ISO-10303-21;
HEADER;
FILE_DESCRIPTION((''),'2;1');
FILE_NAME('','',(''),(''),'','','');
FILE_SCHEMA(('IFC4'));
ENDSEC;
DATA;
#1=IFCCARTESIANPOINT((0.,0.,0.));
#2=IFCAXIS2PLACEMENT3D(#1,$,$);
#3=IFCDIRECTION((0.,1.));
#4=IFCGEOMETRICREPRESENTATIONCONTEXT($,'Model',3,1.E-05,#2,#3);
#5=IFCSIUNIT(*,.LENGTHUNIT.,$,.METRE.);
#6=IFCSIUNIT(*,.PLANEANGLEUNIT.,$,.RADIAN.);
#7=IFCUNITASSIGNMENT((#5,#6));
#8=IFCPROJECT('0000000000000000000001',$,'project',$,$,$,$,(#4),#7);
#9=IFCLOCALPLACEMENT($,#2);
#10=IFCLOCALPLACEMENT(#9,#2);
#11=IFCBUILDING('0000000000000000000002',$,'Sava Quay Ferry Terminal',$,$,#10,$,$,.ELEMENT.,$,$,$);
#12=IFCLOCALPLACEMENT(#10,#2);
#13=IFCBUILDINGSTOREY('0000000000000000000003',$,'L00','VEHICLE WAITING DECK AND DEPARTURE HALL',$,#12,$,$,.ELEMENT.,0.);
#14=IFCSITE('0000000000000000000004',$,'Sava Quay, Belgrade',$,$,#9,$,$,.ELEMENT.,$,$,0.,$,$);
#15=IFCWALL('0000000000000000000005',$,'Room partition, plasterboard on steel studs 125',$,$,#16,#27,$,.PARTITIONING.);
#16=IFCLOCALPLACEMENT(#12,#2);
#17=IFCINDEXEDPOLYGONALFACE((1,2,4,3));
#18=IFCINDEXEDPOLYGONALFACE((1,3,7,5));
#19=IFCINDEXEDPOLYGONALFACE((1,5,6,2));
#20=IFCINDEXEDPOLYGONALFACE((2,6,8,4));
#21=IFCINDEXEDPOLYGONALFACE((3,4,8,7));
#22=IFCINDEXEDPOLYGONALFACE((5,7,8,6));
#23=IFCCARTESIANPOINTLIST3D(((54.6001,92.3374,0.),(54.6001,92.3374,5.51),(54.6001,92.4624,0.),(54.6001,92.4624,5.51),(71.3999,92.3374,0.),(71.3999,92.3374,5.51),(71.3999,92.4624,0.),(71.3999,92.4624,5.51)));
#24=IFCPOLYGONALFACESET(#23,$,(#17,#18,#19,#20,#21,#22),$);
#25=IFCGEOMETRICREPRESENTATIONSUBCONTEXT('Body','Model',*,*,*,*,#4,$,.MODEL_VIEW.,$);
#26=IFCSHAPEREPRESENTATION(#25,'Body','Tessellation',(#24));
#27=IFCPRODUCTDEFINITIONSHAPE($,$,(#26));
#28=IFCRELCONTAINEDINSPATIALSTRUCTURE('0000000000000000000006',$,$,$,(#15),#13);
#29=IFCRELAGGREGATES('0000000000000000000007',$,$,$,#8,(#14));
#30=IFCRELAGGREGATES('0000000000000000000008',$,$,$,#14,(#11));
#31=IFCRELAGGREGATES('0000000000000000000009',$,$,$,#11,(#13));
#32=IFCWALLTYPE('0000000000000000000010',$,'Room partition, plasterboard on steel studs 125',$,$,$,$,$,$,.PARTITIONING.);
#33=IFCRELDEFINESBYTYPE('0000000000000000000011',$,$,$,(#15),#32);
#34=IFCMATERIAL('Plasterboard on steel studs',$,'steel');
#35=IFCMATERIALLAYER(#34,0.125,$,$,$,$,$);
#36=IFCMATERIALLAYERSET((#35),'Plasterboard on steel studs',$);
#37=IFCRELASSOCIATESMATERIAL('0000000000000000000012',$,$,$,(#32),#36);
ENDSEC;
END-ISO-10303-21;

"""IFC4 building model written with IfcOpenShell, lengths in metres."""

from ifc_helpers import new_model, si_unit, direction, frame, frame_2d, origin, place, context, subcontext, project, spatial, rectangle, extrude, material, layer, layer_set, type_object, element, save


model = new_model("IFC4")

# Units and contexts
model_context = context("Model", 3, precision=1e-05, world=origin(), true_north=direction((0.0, 1.0)))
body_context = subcontext(model_context, "Body", "Model", "MODEL_VIEW")
ifc_project = project(units=[si_unit("LENGTHUNIT", "METRE"), si_unit("PLANEANGLEUNIT", "RADIAN")], contexts=[model_context])

# Site, building, storey
site_placement = place(None, origin())
site = spatial("IfcSite", under=ifc_project, at=site_placement, Name="Sava Quay, Belgrade", CompositionType="ELEMENT", RefElevation=0.0)
building_placement = place(site_placement, origin())
building = spatial("IfcBuilding", under=site, at=building_placement, Name="Sava Quay Ferry Terminal", CompositionType="ELEMENT")
storey_placement = place(building_placement, origin())
storey = spatial("IfcBuildingStorey", under=building, at=storey_placement, Name="L00", Description="VEHICLE WAITING DECK AND DEPARTURE HALL", CompositionType="ELEMENT", Elevation=0.0)

# Wall
ifc_material_1 = material(Name="Plasterboard on steel studs", Category="steel")
ifc_layer_1 = layer(ifc_material_1, 0.125)
ifc_layer_set_1 = layer_set([ifc_layer_1], Name="Plasterboard on steel studs")
wall_type_1 = type_object("IfcWallType", Name="Room partition, plasterboard on steel studs 125", PredefinedType="PARTITIONING", material=ifc_layer_set_1)
wall_1_placement = place(storey_placement, frame((54.6001, 92.3999, 0.0), z_axis=(0.0, 0.0, 1.0), x_axis=(1.0, 0.0, 0.0)))
element("IfcWall", 1, at=wall_1_placement, inside=storey, type_object=wall_type_1, Name="Room partition, plasterboard on steel studs 125", PredefinedType="PARTITIONING", context=body_context, shape_type="SweptSolid", body=[
    extrude(rectangle(XDim=16.7998, YDim=0.125, at=frame_2d((8.3999, 0.0))), origin(), (0.0, 0.0, 1.0), 5.51),
])

save(model, "model.ifc")
